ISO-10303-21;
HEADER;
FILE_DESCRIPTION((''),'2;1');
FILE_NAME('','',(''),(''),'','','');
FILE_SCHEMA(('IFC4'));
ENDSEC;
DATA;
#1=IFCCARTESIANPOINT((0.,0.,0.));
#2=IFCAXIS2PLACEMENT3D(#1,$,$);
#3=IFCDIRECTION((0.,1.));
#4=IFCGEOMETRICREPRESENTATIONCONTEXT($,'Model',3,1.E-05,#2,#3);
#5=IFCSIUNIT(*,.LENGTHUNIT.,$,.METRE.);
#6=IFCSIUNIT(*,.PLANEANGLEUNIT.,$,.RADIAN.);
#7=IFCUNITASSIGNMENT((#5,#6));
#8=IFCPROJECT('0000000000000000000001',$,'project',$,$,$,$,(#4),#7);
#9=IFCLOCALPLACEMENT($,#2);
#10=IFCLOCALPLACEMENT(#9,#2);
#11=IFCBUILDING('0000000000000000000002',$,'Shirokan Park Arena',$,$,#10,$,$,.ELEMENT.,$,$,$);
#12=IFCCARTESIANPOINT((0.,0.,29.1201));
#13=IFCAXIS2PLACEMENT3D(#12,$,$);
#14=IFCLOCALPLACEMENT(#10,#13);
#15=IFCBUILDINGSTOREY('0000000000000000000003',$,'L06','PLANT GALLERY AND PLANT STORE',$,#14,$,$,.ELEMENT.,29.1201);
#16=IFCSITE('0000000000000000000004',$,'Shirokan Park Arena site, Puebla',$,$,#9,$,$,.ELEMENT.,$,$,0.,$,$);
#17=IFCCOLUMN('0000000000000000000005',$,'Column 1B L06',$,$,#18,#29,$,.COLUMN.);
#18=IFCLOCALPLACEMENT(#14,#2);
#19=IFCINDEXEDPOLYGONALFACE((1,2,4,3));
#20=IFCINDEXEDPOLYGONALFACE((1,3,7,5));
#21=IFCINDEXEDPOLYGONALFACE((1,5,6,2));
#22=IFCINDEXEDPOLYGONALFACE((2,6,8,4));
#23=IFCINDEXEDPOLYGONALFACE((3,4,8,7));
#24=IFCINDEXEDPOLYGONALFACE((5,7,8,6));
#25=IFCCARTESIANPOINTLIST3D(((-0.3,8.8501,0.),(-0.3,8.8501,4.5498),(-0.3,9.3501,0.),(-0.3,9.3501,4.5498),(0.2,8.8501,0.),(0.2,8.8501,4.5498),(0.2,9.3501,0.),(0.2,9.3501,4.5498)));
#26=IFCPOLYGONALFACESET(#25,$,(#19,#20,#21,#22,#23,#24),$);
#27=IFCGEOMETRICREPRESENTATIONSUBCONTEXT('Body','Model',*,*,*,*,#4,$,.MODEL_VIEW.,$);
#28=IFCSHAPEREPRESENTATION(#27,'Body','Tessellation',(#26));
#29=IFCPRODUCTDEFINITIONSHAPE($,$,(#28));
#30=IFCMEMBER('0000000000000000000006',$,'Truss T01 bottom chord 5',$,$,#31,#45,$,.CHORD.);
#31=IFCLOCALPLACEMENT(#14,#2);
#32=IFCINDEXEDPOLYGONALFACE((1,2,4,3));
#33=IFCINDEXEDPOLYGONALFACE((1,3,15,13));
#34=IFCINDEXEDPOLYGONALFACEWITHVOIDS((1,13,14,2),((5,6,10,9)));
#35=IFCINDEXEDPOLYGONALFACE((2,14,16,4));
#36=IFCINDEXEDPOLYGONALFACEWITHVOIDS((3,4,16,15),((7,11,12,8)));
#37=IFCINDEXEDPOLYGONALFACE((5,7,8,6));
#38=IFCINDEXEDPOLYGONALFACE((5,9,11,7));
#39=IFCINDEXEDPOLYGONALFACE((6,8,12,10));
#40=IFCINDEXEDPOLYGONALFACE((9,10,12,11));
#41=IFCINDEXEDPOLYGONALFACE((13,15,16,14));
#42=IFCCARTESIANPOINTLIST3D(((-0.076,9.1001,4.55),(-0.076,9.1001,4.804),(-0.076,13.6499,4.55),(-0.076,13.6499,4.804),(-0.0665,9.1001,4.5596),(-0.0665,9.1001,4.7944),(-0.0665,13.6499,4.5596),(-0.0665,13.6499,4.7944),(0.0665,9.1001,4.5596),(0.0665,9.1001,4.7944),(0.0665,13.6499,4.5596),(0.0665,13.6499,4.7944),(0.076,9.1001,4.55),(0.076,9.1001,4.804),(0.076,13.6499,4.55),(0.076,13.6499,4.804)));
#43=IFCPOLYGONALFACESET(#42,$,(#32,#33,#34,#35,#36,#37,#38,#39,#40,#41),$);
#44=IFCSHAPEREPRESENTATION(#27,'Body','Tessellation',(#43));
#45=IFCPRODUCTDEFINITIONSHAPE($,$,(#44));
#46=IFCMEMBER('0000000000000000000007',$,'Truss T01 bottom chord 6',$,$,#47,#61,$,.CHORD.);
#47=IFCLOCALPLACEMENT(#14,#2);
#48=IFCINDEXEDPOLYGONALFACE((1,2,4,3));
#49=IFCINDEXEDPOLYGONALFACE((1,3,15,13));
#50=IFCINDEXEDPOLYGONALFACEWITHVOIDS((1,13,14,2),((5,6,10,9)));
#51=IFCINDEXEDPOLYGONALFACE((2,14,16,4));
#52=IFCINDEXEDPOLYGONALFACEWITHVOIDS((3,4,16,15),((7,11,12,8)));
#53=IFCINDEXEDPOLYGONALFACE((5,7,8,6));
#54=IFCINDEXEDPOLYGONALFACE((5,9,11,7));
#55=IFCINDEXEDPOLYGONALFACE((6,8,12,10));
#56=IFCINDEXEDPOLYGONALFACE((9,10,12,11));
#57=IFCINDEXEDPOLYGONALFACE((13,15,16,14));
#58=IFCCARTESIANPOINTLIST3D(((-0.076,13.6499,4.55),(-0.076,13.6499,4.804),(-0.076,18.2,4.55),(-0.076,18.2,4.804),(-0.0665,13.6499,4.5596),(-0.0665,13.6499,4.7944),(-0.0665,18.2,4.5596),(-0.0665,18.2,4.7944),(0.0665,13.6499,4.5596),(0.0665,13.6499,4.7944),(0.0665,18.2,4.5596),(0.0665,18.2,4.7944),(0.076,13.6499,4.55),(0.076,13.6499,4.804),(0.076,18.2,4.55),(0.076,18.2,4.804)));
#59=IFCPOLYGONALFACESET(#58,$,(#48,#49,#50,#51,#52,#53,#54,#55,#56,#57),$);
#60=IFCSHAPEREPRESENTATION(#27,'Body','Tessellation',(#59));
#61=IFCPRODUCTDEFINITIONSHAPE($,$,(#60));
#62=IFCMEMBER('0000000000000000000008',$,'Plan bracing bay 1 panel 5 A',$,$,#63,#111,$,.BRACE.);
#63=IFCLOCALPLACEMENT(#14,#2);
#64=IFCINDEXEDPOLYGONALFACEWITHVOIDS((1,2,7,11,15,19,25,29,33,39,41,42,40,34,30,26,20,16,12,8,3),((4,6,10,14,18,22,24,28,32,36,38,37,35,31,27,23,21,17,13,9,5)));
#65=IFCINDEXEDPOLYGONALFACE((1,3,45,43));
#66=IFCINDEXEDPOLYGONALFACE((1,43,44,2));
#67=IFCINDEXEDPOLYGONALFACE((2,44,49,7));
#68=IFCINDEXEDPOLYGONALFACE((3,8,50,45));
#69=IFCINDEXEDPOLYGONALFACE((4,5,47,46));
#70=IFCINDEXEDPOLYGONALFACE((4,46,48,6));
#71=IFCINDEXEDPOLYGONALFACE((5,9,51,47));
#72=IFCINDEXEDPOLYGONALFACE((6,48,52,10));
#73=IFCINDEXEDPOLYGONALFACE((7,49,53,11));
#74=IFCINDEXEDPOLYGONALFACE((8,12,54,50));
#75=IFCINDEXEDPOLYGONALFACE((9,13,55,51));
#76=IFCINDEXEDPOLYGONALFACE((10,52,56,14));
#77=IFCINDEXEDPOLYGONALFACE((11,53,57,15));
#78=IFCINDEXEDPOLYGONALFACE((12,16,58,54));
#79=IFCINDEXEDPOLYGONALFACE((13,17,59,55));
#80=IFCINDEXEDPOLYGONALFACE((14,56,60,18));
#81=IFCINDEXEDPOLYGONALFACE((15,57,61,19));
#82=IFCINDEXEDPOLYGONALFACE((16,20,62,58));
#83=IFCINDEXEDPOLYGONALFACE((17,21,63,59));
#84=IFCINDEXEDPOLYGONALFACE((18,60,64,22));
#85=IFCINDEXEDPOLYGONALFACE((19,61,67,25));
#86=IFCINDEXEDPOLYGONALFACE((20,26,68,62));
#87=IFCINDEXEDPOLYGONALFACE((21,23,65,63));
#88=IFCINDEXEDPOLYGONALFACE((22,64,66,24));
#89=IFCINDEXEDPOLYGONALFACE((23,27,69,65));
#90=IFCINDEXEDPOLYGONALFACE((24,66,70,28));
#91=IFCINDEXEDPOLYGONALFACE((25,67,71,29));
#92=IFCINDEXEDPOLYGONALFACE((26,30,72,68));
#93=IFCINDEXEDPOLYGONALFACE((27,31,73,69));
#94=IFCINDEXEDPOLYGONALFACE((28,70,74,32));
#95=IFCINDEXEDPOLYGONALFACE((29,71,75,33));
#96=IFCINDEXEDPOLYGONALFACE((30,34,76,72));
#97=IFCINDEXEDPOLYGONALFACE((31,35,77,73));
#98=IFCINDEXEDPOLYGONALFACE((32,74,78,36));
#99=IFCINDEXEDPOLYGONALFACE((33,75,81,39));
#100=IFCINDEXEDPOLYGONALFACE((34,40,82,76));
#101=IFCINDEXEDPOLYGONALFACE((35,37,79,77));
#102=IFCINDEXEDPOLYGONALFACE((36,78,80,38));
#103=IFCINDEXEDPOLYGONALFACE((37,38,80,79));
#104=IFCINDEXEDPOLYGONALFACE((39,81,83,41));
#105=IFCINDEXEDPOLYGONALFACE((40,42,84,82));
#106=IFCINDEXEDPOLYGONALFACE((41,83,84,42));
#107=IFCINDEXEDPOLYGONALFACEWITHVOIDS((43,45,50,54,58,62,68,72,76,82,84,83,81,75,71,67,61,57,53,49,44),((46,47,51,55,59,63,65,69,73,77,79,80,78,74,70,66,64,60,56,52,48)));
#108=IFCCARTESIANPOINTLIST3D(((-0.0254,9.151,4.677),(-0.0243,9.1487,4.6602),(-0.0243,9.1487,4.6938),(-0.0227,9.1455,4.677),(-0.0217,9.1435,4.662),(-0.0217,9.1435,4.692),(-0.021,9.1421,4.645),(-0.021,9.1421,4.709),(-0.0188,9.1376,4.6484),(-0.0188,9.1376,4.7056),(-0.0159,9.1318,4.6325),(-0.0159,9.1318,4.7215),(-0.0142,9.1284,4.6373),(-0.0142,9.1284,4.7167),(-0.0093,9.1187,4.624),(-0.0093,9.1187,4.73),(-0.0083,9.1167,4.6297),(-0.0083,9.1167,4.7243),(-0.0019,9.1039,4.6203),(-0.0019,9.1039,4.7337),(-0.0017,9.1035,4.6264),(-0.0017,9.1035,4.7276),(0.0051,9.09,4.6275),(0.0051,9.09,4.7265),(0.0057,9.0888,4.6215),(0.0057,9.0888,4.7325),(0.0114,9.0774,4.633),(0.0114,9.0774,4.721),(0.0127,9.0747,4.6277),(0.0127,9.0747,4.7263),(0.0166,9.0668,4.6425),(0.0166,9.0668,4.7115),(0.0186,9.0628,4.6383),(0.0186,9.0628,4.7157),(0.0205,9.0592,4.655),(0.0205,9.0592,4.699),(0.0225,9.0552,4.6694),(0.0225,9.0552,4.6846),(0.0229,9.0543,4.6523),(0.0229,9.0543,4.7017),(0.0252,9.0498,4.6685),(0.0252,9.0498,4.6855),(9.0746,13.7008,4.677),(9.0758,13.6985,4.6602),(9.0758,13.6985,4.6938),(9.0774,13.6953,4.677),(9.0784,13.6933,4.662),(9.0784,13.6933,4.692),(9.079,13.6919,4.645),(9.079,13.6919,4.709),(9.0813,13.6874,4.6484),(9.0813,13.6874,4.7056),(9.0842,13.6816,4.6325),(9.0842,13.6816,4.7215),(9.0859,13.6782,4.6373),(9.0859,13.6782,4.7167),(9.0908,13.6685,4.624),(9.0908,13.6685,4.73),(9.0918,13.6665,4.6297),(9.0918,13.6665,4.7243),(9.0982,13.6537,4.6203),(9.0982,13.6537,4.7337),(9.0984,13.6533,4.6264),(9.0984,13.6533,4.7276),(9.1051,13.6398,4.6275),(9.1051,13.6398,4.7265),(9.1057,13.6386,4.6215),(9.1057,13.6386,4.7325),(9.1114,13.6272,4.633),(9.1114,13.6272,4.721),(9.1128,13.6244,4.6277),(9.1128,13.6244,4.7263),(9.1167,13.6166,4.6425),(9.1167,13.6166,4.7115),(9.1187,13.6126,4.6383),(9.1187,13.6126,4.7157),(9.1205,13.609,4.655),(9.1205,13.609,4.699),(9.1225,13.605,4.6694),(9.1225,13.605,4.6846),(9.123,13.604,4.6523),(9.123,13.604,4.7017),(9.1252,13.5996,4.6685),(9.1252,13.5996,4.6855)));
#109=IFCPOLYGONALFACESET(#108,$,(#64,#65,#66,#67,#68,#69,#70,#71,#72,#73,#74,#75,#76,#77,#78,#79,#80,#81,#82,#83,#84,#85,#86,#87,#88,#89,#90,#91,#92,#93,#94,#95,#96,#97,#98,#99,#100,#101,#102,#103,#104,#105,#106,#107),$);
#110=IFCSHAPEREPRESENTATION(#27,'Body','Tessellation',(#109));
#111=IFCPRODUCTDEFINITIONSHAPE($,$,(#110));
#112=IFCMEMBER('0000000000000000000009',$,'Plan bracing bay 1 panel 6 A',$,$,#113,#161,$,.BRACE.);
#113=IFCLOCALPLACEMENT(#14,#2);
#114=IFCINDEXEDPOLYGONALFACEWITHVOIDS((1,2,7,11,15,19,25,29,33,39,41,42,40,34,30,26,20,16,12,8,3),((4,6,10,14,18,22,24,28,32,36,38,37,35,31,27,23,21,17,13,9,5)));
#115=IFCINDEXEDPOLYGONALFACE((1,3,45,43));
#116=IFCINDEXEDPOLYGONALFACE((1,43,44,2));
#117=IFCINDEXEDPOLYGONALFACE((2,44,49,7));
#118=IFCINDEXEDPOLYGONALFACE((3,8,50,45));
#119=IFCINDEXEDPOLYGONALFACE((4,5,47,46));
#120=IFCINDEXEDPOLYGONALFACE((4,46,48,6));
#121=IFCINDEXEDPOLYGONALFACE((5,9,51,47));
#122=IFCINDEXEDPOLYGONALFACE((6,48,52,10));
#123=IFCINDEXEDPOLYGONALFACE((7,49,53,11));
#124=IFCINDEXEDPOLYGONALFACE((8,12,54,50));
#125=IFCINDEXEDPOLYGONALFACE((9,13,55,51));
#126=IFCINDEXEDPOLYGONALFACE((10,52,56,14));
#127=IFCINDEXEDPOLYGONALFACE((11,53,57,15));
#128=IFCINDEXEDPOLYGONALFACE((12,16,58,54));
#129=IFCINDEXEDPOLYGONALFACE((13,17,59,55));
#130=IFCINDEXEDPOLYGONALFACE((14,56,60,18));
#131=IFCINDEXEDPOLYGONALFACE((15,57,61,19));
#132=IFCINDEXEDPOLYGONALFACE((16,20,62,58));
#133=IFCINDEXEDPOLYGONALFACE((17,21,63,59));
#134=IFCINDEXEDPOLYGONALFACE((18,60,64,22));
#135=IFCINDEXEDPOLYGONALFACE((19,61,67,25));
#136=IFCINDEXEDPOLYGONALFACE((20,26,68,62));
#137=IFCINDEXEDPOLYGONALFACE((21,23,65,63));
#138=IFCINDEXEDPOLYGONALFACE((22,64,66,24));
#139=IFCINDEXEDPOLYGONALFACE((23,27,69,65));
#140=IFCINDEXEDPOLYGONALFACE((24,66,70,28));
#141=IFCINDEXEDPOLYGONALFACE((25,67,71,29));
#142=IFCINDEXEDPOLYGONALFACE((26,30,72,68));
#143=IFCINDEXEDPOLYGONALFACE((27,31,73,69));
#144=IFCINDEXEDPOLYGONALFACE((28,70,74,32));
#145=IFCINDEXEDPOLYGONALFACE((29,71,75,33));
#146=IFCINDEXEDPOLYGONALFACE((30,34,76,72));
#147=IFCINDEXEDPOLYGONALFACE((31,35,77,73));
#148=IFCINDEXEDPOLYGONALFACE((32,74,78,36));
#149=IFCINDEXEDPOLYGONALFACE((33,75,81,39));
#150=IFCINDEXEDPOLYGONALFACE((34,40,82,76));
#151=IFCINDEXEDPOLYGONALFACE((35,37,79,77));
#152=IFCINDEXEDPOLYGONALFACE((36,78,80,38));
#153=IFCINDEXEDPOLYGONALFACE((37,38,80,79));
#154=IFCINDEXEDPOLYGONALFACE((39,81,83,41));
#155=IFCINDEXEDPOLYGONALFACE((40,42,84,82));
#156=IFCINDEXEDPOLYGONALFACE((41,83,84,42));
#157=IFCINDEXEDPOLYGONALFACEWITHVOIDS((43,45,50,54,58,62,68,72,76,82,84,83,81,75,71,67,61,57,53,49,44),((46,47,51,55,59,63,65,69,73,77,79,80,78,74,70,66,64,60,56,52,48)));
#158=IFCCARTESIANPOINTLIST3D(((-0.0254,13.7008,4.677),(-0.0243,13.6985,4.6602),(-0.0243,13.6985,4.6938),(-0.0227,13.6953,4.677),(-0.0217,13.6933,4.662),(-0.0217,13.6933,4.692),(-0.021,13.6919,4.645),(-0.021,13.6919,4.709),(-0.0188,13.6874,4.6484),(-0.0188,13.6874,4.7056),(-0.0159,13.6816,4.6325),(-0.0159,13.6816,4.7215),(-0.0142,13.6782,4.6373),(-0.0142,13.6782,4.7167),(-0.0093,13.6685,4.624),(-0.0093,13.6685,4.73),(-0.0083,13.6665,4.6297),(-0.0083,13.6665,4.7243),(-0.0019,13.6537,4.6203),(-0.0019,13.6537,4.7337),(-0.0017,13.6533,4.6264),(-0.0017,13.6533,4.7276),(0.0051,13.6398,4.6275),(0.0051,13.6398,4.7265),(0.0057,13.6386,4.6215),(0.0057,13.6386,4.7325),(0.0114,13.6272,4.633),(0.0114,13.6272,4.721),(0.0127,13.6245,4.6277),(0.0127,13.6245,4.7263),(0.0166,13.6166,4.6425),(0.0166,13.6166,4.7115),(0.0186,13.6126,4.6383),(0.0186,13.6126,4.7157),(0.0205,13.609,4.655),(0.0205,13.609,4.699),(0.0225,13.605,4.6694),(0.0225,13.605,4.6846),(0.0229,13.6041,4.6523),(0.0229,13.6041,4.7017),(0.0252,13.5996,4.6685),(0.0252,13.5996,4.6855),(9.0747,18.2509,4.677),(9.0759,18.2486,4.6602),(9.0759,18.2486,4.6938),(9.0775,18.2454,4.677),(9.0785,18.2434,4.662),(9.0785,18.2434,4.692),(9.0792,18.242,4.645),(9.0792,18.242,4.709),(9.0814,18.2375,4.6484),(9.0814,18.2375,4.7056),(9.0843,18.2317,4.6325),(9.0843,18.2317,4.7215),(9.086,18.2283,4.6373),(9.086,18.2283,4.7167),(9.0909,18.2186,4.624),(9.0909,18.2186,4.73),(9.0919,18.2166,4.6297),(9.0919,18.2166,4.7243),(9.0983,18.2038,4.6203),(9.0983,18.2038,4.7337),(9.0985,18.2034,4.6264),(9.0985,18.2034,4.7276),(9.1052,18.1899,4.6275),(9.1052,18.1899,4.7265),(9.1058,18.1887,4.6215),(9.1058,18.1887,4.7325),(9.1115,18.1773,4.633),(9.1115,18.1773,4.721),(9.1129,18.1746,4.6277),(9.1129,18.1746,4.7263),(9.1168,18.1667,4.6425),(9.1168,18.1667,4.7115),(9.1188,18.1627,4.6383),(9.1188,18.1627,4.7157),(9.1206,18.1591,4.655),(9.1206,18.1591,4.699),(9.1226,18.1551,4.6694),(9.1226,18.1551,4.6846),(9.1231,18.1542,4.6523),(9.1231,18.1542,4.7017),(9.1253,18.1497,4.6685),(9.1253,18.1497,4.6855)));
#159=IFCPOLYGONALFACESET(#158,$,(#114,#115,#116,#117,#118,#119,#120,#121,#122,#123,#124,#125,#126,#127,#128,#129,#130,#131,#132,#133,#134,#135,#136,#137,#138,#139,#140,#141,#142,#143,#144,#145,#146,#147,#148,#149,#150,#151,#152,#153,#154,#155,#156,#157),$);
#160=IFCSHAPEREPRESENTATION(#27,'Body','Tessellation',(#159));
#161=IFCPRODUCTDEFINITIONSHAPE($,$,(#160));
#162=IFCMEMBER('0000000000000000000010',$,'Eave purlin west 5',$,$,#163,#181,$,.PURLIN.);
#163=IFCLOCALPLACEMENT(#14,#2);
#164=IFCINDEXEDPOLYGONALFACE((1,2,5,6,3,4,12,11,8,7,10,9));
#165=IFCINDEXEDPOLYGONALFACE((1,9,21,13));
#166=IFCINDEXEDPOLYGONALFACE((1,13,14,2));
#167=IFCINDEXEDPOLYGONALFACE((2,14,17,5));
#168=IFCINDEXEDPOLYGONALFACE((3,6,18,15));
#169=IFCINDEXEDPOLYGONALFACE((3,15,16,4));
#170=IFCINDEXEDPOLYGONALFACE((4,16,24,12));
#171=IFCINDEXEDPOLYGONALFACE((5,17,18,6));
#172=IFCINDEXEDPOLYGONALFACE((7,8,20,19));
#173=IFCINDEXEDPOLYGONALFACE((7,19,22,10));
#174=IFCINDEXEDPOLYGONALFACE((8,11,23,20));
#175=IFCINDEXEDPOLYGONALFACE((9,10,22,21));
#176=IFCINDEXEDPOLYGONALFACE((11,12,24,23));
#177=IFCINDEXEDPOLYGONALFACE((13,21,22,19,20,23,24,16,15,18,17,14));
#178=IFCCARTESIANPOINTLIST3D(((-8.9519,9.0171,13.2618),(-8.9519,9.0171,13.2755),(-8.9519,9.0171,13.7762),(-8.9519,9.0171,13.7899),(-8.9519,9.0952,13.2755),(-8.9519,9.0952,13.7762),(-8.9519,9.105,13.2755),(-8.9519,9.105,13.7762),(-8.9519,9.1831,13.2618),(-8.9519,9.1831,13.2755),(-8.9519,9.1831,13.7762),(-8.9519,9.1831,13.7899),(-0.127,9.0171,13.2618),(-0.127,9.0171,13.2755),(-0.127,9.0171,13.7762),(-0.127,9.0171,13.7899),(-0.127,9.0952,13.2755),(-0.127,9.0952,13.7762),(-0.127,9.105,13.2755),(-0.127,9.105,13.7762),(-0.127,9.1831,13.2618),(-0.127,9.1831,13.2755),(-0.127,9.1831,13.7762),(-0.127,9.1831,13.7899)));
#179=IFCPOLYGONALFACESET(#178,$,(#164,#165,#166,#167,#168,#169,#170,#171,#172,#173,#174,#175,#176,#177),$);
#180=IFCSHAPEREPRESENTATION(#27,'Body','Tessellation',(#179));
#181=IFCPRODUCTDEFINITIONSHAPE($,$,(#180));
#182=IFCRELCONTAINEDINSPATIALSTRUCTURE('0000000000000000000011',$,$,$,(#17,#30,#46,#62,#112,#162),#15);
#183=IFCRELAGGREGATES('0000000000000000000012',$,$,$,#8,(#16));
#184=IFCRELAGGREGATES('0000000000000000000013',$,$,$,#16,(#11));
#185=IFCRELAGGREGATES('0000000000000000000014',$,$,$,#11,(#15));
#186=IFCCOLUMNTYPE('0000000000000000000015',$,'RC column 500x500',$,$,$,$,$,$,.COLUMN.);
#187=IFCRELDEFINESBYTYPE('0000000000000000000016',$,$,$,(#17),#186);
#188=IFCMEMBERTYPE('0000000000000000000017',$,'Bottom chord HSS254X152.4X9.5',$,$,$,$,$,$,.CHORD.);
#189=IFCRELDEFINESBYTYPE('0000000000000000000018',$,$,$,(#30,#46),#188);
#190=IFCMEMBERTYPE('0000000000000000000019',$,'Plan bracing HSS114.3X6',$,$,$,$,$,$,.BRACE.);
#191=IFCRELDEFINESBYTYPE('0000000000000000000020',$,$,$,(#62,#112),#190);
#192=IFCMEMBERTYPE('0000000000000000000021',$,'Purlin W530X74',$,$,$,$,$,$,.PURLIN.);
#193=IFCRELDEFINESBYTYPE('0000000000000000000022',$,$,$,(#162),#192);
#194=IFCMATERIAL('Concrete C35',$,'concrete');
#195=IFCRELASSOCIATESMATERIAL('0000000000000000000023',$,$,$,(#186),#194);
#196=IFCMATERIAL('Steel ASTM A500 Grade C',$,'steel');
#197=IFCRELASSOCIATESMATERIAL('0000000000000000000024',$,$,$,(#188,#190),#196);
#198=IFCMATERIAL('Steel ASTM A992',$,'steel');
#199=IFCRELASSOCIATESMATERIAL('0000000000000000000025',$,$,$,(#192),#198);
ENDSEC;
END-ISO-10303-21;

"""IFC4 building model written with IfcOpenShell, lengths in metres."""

from ifc_helpers import new_model, si_unit, direction, frame, origin, origin_2d, place, context, subcontext, project, spatial, rectangle, hollow_rectangle, hollow_circle, i_section, extrude, material, material_profile, profile_set, type_object, element, save


model = new_model("IFC4")

# Units and contexts
model_context = context("Model", 3, precision=1e-05, world=origin(), true_north=direction((0.0, 1.0)))
body_context = subcontext(model_context, "Body", "Model", "MODEL_VIEW")
ifc_project = project(units=[si_unit("LENGTHUNIT", "METRE"), si_unit("PLANEANGLEUNIT", "RADIAN")], contexts=[model_context])

# Site, building, storey
site_placement = place(None, origin())
site = spatial("IfcSite", under=ifc_project, at=site_placement, Name="Shirokan Park Arena site, Puebla", CompositionType="ELEMENT", RefElevation=0.0)
building_placement = place(site_placement, origin())
building = spatial("IfcBuilding", under=site, at=building_placement, Name="Shirokan Park Arena", CompositionType="ELEMENT")
storey_placement = place(building_placement, frame((0.0, 0.0, 29.1201)))
storey = spatial("IfcBuildingStorey", under=building, at=storey_placement, Name="L06", Description="PLANT GALLERY AND PLANT STORE", CompositionType="ELEMENT", Elevation=29.1201)

# Column
ifc_material_1 = material(Name="Concrete C35", Category="concrete")
ifc_material_profile_1 = material_profile(ifc_material_1, rectangle(XDim=0.5, YDim=0.5, at=origin_2d()), Name="500x500")
ifc_profile_set_1 = profile_set([ifc_material_profile_1], Name="Concrete C35")
column_type = type_object("IfcColumnType", Name="RC column 500x500", PredefinedType="COLUMN", material=ifc_profile_set_1)
column_placement = place(storey_placement, frame((-0.05, 9.1001, 0.0), z_axis=(0.0, 0.0, 1.0), x_axis=(1.0, 0.0, 0.0)))
element("IfcColumn", 1, at=column_placement, inside=storey, type_object=column_type, Name="Column 1B L06", PredefinedType="COLUMN", context=body_context, shape_type="SweptSolid", body=[
    extrude(rectangle(XDim=0.5, YDim=0.5, at=origin_2d()), origin(), (0.0, 0.0, 1.0), 4.5498),
])

# Members
ifc_material_2 = material(Name="Steel ASTM A500 Grade C", Category="steel")
ifc_material_profile_2 = material_profile(ifc_material_2, hollow_rectangle(XDim=0.1521, YDim=0.2539, WallThickness=0.0095, at=origin_2d()), Name="HSS254X152.4X9.5")
ifc_profile_set_2 = profile_set([ifc_material_profile_2], Name="Steel ASTM A500 Grade C")
member_type_1 = type_object("IfcMemberType", Name="Bottom chord HSS254X152.4X9.5", PredefinedType="CHORD", material=ifc_profile_set_2)
member_1_placement = place(storey_placement, frame((0.0, 9.1001, 4.677), z_axis=(0.0, 1.0, 0.0), x_axis=(-1.0, 0.0, 0.0)))
element("IfcMember", 2, at=member_1_placement, inside=storey, type_object=member_type_1, Name="Truss T01 bottom chord 5", PredefinedType="CHORD", context=body_context, shape_type="SweptSolid", body=[
    extrude(hollow_rectangle(XDim=0.1521, YDim=0.2539, WallThickness=0.0095, at=origin_2d()), origin(), (0.0, 0.0, 1.0), 4.5498),
])
member_2_placement = place(storey_placement, frame((0.0, 13.6499, 4.677), z_axis=(0.0, 1.0, 0.0), x_axis=(-1.0, 0.0, 0.0)))
element("IfcMember", 3, at=member_2_placement, inside=storey, type_object=member_type_1, Name="Truss T01 bottom chord 6", PredefinedType="CHORD", context=body_context, shape_type="SweptSolid", body=[
    extrude(hollow_rectangle(XDim=0.1521, YDim=0.2539, WallThickness=0.0095, at=origin_2d()), origin(), (0.0, 0.0, 1.0), 4.55),
])
ifc_material_profile_3 = material_profile(ifc_material_2, hollow_circle(Radius=0.0569, WallThickness=0.0061, at=origin_2d()), Name="HSS114.3X6")
ifc_profile_set_3 = profile_set([ifc_material_profile_3], Name="Steel ASTM A500 Grade C")
member_type_2 = type_object("IfcMemberType", Name="Plan bracing HSS114.3X6", PredefinedType="BRACE", material=ifc_profile_set_3)
member_3_placement = place(storey_placement, frame((0.0, 9.1001, 4.677), z_axis=(0.894437, 0.447194, 0.0), x_axis=(-0.447194, 0.894437, 0.0)))
element("IfcMember", 4, at=member_3_placement, inside=storey, type_object=member_type_2, Name="Plan bracing bay 1 panel 5 A", PredefinedType="BRACE", context=body_context, shape_type="SweptSolid", body=[
    extrude(hollow_circle(Radius=0.0569, WallThickness=0.0061, at=origin_2d()), origin(), (0.0, 0.0, 1.0), 10.1741),
])
member_4_placement = place(storey_placement, frame((0.0, 13.6499, 4.677), z_axis=(0.894427, 0.447214, 0.0), x_axis=(-0.447214, 0.894427, 0.0)))
element("IfcMember", 5, at=member_4_placement, inside=storey, type_object=member_type_2, Name="Plan bracing bay 1 panel 6 A", PredefinedType="BRACE", context=body_context, shape_type="SweptSolid", body=[
    extrude(hollow_circle(Radius=0.0569, WallThickness=0.0061, at=origin_2d()), origin(), (0.0, 0.0, 1.0), 10.1743),
])
ifc_material_3 = material(Name="Steel ASTM A992", Category="steel")
ifc_material_profile_4 = material_profile(ifc_material_3, i_section(OverallWidth=0.166, OverallDepth=0.5281, WebThickness=0.0098, FlangeThickness=0.0137, at=origin_2d()), Name="W530X74")
ifc_profile_set_4 = profile_set([ifc_material_profile_4], Name="Steel ASTM A992")
member_type_3 = type_object("IfcMemberType", Name="Purlin W530X74", PredefinedType="PURLIN", material=ifc_profile_set_4)
for number, where, z_axis, x_axis, name in (
    (6, (-8.9519, 9.1001, 13.5259), (1.0, 0.0, 0.0), (0.0, 1.0, 0.0), "Eave purlin west 5"),
):
    element("IfcMember", number, at=place(storey_placement, frame(where, z_axis=z_axis, x_axis=x_axis)), inside=storey, type_object=member_type_3, Name=name, PredefinedType="PURLIN", context=body_context, shape_type="SweptSolid", body=[
        extrude(i_section(OverallWidth=0.166, OverallDepth=0.5281, WebThickness=0.0098, FlangeThickness=0.0137, at=origin_2d()), origin(), (0.0, 0.0, 1.0), 8.825),
    ])

save(model, "model.ifc")
